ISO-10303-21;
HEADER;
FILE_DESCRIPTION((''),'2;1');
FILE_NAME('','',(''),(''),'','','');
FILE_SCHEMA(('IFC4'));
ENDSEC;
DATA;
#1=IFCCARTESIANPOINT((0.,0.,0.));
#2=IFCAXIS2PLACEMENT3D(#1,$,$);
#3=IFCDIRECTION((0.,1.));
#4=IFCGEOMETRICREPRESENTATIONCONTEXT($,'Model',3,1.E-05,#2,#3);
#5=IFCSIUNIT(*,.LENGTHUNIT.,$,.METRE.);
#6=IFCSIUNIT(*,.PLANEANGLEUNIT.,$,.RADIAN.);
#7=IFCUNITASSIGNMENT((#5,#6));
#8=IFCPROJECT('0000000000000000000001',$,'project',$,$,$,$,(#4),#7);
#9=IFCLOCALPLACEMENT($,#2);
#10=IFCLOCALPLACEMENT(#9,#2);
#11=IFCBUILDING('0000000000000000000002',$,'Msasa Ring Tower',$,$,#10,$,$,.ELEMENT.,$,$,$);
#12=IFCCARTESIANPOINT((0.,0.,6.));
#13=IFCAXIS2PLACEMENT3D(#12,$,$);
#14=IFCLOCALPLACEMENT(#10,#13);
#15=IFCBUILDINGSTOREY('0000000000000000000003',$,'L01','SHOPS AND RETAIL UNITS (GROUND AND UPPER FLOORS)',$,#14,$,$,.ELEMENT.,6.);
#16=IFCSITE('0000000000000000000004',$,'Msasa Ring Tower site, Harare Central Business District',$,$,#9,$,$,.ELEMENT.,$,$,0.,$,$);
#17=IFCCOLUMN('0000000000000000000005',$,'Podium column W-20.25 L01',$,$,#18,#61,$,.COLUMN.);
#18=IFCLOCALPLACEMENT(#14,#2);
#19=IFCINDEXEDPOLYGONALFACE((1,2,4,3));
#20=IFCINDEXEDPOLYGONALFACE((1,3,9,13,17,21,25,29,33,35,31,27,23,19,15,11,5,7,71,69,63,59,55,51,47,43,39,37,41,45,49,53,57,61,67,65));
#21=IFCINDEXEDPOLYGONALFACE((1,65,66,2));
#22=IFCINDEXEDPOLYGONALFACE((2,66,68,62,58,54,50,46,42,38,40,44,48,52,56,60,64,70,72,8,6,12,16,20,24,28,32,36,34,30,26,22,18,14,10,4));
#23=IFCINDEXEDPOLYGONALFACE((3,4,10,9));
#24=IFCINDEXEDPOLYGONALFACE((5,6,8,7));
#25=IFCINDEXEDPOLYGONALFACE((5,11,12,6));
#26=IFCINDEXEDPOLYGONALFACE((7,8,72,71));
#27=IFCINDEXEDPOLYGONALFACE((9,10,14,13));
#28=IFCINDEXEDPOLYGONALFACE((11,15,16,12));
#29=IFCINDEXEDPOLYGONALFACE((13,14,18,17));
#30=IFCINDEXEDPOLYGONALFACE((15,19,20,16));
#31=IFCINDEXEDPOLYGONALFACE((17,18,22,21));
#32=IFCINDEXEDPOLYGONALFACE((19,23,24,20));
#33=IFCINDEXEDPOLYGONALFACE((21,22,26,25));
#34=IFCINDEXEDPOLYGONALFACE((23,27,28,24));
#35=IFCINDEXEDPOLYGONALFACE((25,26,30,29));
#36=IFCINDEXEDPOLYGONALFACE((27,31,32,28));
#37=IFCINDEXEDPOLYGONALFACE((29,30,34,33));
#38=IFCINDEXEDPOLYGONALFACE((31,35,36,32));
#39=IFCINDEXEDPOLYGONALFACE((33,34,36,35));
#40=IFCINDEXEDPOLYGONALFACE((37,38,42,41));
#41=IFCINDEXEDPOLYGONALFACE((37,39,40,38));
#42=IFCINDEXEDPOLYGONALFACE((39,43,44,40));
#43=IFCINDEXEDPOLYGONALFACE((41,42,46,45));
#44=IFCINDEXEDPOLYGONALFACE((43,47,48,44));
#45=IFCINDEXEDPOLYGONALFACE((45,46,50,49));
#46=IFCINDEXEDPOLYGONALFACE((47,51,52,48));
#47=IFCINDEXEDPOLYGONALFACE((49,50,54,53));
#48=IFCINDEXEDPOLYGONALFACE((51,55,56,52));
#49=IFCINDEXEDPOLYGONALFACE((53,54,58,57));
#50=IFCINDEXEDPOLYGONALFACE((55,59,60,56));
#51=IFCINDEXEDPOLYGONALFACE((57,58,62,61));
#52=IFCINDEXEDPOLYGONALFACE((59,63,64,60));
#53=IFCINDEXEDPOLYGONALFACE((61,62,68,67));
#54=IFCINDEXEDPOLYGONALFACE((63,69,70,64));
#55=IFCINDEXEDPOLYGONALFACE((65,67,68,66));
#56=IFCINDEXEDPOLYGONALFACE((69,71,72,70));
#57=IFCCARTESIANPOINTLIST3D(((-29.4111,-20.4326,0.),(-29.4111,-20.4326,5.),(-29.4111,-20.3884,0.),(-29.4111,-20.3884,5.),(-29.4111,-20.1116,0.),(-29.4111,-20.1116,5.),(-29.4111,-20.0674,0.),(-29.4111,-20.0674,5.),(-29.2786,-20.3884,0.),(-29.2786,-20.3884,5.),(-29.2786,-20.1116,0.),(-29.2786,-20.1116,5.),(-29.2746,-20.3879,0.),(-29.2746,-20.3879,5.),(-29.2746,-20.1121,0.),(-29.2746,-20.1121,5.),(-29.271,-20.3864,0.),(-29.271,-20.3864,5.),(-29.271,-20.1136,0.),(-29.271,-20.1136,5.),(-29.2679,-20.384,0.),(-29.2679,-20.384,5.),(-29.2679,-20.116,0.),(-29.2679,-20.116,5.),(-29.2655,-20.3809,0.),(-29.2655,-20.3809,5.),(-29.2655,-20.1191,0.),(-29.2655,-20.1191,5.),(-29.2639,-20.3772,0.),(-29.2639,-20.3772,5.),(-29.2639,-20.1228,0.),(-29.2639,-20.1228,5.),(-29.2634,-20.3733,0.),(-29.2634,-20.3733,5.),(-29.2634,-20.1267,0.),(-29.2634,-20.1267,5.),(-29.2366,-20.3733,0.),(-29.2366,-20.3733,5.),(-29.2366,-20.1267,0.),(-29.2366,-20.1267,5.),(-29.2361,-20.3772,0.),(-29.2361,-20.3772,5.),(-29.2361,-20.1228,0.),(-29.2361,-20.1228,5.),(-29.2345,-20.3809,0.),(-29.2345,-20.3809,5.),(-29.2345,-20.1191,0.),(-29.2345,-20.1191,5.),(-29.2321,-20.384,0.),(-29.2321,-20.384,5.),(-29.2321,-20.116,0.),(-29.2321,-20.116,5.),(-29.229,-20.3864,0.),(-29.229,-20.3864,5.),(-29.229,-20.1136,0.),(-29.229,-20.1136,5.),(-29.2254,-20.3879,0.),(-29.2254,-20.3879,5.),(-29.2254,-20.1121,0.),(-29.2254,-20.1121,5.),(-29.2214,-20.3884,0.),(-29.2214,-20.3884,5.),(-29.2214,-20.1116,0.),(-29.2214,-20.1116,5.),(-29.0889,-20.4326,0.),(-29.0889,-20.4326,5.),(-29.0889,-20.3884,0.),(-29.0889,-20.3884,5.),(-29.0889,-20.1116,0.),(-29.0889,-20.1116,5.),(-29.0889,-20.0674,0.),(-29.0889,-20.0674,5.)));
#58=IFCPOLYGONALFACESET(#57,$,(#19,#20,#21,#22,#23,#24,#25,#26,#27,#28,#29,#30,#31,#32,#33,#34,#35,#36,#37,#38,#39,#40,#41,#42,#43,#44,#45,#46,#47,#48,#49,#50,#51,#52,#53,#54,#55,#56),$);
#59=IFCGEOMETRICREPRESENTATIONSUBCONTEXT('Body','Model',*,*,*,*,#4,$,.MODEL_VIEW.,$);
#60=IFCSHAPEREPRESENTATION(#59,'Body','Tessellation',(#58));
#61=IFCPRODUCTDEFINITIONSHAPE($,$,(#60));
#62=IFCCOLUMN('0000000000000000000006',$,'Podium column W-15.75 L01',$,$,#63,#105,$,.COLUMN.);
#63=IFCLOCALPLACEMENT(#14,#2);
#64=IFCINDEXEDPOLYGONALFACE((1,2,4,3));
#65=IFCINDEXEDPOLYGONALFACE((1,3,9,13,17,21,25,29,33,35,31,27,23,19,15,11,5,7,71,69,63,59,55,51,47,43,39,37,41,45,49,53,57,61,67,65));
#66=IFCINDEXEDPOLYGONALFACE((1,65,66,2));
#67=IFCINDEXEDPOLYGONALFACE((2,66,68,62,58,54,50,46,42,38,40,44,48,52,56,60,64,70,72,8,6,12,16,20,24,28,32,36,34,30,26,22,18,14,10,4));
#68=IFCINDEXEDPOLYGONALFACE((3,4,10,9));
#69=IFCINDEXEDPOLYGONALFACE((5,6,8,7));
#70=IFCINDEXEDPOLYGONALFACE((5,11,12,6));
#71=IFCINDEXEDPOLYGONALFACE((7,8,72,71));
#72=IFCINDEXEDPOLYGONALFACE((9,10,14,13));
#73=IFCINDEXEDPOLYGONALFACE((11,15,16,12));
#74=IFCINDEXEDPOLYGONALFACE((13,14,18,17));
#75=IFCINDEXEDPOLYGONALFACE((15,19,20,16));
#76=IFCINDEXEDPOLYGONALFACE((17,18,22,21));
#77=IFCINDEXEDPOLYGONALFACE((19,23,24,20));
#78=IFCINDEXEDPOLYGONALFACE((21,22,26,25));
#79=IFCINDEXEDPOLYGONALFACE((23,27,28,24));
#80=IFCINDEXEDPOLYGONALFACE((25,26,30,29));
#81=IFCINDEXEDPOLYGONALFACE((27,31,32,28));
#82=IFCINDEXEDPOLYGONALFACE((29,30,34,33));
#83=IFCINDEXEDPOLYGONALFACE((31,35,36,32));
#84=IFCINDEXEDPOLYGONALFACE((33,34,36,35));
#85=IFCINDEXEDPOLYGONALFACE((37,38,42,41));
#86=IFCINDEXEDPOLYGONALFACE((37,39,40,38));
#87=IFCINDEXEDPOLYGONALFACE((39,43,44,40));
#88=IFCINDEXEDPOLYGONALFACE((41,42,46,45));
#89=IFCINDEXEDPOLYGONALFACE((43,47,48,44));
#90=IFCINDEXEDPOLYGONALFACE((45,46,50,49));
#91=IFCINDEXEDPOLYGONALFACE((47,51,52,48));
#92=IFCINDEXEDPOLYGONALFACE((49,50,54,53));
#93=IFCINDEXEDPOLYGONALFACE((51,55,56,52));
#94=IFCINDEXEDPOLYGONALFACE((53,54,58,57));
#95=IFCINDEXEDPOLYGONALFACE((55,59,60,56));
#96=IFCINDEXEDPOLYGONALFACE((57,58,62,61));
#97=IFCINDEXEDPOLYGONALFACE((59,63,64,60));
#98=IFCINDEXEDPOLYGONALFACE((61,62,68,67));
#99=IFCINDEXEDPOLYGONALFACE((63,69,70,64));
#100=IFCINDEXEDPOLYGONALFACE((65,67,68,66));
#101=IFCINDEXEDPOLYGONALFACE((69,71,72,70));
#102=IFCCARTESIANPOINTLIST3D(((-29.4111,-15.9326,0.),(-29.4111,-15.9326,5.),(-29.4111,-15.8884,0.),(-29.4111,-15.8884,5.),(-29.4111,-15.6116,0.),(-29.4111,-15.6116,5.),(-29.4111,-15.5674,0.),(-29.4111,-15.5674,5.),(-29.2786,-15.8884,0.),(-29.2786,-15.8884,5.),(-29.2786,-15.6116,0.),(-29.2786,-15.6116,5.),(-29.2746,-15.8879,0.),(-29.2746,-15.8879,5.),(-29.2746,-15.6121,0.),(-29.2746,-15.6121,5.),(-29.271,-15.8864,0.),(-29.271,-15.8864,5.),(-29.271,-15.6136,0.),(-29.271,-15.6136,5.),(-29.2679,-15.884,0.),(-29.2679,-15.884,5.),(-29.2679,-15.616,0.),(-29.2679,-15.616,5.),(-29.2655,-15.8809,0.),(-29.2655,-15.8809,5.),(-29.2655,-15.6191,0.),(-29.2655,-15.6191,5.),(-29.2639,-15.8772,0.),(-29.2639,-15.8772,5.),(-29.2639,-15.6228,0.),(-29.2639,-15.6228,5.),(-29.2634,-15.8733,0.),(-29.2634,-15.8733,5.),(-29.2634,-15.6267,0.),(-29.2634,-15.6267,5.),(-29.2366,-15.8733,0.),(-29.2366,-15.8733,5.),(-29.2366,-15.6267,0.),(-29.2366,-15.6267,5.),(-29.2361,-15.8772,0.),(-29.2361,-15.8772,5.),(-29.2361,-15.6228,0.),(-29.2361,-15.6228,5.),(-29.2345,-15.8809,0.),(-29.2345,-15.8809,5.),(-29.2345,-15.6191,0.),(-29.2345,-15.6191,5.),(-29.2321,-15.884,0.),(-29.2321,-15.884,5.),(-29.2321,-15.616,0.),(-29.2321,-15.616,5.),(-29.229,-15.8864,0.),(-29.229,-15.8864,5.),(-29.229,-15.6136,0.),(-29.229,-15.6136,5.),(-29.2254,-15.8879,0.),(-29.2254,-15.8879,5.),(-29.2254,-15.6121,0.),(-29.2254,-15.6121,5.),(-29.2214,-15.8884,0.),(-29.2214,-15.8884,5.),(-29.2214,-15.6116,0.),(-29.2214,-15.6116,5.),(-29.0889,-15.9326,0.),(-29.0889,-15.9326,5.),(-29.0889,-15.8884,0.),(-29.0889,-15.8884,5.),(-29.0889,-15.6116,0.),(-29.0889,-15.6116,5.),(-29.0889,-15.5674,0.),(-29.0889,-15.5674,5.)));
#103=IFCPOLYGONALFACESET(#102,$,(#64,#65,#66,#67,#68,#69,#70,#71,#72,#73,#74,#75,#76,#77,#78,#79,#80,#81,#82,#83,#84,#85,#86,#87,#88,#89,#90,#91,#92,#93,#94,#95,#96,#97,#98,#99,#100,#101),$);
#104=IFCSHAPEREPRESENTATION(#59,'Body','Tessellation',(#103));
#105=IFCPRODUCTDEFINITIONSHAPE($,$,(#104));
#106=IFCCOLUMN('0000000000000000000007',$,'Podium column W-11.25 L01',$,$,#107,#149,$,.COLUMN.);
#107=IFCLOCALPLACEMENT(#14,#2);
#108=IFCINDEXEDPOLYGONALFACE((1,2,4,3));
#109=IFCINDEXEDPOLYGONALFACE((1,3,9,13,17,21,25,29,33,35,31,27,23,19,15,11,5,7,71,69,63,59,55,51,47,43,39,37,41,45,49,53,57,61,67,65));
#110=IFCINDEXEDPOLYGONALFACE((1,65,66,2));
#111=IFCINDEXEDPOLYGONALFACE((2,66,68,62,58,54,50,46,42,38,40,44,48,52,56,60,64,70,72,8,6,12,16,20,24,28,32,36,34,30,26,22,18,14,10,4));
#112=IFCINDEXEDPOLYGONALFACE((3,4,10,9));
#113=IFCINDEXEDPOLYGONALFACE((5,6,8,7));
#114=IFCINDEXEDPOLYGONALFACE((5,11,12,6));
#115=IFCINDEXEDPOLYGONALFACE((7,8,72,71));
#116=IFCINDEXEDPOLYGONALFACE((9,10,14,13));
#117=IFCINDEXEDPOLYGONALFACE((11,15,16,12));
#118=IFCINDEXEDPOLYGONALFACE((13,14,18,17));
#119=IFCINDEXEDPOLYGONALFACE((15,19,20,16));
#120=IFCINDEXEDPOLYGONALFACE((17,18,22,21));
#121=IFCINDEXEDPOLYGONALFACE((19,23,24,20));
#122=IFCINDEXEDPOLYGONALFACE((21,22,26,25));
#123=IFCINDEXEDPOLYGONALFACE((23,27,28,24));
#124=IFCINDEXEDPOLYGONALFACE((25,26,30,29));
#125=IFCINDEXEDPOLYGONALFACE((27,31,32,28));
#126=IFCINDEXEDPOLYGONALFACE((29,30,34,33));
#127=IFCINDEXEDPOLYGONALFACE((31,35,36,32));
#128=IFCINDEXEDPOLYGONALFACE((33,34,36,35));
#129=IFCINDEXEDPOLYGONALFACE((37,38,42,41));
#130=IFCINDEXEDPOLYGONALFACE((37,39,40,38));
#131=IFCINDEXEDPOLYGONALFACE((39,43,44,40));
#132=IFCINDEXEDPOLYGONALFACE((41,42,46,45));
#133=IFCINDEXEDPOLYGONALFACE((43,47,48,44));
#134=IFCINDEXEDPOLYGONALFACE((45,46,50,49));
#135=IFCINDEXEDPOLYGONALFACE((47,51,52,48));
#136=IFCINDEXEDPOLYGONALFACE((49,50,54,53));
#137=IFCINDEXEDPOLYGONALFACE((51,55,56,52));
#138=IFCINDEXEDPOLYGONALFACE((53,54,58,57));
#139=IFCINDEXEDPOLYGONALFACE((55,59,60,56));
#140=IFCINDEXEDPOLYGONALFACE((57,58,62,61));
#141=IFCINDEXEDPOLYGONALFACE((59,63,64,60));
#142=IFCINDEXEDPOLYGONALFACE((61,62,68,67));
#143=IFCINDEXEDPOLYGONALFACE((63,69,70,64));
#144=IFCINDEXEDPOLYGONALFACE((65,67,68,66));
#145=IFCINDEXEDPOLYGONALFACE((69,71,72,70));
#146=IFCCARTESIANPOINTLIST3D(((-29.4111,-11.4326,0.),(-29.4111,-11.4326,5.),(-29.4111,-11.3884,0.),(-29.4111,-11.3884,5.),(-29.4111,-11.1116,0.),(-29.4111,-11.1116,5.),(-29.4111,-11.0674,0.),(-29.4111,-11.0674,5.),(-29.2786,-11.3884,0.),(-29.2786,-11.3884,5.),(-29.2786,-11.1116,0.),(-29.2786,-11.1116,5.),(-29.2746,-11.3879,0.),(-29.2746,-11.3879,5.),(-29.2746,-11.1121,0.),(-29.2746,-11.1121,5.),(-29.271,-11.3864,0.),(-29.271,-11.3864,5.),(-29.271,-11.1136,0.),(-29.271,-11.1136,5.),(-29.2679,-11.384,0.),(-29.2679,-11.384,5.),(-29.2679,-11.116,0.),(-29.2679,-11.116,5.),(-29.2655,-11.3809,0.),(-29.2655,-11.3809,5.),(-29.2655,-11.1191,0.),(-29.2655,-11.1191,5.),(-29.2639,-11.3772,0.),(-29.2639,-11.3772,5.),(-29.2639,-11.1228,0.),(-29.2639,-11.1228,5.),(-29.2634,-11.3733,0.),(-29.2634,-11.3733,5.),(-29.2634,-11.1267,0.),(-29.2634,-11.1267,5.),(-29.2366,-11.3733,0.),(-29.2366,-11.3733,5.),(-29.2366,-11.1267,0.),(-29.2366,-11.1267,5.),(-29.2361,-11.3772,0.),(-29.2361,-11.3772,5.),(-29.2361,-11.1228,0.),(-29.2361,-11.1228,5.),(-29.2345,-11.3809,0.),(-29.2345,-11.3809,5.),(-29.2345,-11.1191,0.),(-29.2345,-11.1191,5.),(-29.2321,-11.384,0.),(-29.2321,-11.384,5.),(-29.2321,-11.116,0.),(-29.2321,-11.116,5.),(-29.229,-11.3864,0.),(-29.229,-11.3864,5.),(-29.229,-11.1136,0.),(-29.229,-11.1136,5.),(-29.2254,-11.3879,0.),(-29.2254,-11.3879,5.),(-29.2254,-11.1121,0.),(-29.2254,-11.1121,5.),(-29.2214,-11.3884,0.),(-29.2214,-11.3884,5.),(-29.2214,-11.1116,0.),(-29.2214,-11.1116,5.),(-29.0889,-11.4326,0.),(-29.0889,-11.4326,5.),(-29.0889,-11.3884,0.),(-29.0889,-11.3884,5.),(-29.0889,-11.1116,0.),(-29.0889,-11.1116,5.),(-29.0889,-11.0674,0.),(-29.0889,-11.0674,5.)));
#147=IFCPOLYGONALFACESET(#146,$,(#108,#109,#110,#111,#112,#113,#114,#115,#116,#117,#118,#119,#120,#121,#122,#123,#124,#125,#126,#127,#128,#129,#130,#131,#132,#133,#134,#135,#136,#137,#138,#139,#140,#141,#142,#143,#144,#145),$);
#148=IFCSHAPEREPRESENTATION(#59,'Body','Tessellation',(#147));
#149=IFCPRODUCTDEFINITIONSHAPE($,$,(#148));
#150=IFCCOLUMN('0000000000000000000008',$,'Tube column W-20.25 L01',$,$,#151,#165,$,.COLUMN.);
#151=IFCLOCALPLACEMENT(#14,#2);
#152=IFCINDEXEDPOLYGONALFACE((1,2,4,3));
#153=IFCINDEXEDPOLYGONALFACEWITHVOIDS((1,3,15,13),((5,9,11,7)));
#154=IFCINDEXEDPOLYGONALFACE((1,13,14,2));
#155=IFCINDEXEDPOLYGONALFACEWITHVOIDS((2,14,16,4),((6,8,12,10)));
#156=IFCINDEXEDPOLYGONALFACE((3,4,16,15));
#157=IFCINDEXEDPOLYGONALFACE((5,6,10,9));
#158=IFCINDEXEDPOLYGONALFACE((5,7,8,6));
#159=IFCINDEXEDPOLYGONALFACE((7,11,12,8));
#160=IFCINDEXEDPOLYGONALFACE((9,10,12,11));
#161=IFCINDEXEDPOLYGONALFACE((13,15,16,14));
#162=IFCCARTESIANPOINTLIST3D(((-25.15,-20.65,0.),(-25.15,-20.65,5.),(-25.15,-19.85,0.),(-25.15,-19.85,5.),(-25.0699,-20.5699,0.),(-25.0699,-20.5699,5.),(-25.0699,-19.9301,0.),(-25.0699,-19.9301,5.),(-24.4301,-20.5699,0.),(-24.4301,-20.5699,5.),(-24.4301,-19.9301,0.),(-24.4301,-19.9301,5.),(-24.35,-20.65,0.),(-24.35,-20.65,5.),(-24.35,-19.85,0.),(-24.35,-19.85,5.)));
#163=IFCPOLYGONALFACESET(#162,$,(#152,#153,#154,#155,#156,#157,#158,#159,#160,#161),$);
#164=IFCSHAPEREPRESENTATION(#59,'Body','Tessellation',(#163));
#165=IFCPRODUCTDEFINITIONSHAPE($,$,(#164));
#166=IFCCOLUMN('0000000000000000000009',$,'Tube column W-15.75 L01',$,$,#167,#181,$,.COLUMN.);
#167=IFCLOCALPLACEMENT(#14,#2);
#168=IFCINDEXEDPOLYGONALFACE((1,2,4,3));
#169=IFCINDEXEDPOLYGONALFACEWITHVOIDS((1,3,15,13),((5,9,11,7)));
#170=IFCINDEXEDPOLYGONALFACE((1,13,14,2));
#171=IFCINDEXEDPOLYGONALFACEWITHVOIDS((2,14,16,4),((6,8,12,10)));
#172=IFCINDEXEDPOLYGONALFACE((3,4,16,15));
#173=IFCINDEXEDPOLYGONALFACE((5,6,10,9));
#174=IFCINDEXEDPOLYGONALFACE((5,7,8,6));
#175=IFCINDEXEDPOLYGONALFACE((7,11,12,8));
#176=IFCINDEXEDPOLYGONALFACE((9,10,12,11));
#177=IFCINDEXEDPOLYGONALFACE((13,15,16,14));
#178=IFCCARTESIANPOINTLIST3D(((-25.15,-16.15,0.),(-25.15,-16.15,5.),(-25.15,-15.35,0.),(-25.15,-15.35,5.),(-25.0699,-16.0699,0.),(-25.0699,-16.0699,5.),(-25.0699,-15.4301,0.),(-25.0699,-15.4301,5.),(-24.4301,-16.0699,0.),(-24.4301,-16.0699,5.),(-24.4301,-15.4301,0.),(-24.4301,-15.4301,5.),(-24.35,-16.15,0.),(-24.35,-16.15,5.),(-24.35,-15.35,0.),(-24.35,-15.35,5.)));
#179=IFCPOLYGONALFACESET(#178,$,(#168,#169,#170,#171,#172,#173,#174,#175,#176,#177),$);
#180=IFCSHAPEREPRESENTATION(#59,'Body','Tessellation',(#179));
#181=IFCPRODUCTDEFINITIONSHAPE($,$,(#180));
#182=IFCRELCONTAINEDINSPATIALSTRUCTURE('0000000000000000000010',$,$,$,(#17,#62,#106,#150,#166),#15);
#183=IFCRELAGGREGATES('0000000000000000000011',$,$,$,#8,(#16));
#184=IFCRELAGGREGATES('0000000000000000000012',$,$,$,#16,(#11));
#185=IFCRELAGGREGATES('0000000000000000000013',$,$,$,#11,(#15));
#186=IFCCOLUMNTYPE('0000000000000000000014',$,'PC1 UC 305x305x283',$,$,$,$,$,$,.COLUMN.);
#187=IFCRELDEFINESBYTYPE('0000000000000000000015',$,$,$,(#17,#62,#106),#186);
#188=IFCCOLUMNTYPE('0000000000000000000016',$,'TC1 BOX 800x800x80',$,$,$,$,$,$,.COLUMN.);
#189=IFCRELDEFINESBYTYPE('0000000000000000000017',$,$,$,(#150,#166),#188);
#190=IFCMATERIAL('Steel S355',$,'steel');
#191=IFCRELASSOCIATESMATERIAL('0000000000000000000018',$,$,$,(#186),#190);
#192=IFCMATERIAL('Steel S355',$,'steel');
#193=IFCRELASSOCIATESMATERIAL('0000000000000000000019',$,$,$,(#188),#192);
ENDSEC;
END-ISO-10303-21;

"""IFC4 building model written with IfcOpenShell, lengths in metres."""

from ifc_helpers import new_model, si_unit, direction, frame, origin, origin_2d, place, context, subcontext, project, spatial, hollow_rectangle, i_section, extrude, material, material_profile, profile_set, type_object, element, save


model = new_model("IFC4")

# Units and contexts
model_context = context("Model", 3, precision=1e-05, world=origin(), true_north=direction((0.0, 1.0)))
body_context = subcontext(model_context, "Body", "Model", "MODEL_VIEW")
ifc_project = project(units=[si_unit("LENGTHUNIT", "METRE"), si_unit("PLANEANGLEUNIT", "RADIAN")], contexts=[model_context])

# Site, building, storey
site_placement = place(None, origin())
site = spatial("IfcSite", under=ifc_project, at=site_placement, Name="Msasa Ring Tower site, Harare Central Business District", CompositionType="ELEMENT", RefElevation=0.0)
building_placement = place(site_placement, origin())
building = spatial("IfcBuilding", under=site, at=building_placement, Name="Msasa Ring Tower", CompositionType="ELEMENT")
storey_placement = place(building_placement, frame((0.0, 0.0, 6.0)))
storey = spatial("IfcBuildingStorey", under=building, at=storey_placement, Name="L01", Description="SHOPS AND RETAIL UNITS (GROUND AND UPPER FLOORS)", CompositionType="ELEMENT", Elevation=6.0)

# Columns
ifc_material_1 = material(Name="Steel S355", Category="steel")
ifc_material_profile_1 = material_profile(ifc_material_1, i_section(OverallWidth=0.3223, OverallDepth=0.3652, WebThickness=0.0269, FlangeThickness=0.0442, FilletRadius=0.0151, at=origin_2d()), Name="UC 305x305x283")
ifc_profile_set_1 = profile_set([ifc_material_profile_1], Name="Steel S355")
column_type_1 = type_object("IfcColumnType", Name="PC1 UC 305x305x283", PredefinedType="COLUMN", material=ifc_profile_set_1)
for number, where, z_axis, x_axis, name in (
    (1, (-29.25, -20.25, 0.0), (0.0, 0.0, 1.0), (1.0, 0.0, 0.0), "Podium column W-20.25 L01"),
    (2, (-29.25, -15.75, 0.0), (0.0, 0.0, 1.0), (1.0, 0.0, 0.0), "Podium column W-15.75 L01"),
    (3, (-29.25, -11.25, 0.0), (0.0, 0.0, 1.0), (1.0, 0.0, 0.0), "Podium column W-11.25 L01"),
):
    element("IfcColumn", number, at=place(storey_placement, frame(where, z_axis=z_axis, x_axis=x_axis)), inside=storey, type_object=column_type_1, Name=name, PredefinedType="COLUMN", context=body_context, shape_type="SweptSolid", body=[
        extrude(i_section(OverallWidth=0.3223, OverallDepth=0.3652, WebThickness=0.0269, FlangeThickness=0.0442, FilletRadius=0.0151, at=origin_2d()), origin(), (0.0, 0.0, 1.0), 5.0),
    ])
ifc_material_2 = material(Name="Steel S355", Category="steel")
ifc_material_profile_2 = material_profile(ifc_material_2, hollow_rectangle(XDim=0.8, YDim=0.8, WallThickness=0.0801, at=origin_2d()), Name="BOX 800x800x80")
ifc_profile_set_2 = profile_set([ifc_material_profile_2], Name="Steel S355")
column_type_2 = type_object("IfcColumnType", Name="TC1 BOX 800x800x80", PredefinedType="COLUMN", material=ifc_profile_set_2)
for number, where, z_axis, x_axis, name in (
    (4, (-24.75, -20.25, 0.0), (0.0, 0.0, 1.0), (1.0, 0.0, 0.0), "Tube column W-20.25 L01"),
    (5, (-24.75, -15.75, 0.0), (0.0, 0.0, 1.0), (1.0, 0.0, 0.0), "Tube column W-15.75 L01"),
):
    element("IfcColumn", number, at=place(storey_placement, frame(where, z_axis=z_axis, x_axis=x_axis)), inside=storey, type_object=column_type_2, Name=name, PredefinedType="COLUMN", context=body_context, shape_type="SweptSolid", body=[
        extrude(hollow_rectangle(XDim=0.8, YDim=0.8, WallThickness=0.0801, at=origin_2d()), origin(), (0.0, 0.0, 1.0), 5.0),
    ])

save(model, "model.ifc")
